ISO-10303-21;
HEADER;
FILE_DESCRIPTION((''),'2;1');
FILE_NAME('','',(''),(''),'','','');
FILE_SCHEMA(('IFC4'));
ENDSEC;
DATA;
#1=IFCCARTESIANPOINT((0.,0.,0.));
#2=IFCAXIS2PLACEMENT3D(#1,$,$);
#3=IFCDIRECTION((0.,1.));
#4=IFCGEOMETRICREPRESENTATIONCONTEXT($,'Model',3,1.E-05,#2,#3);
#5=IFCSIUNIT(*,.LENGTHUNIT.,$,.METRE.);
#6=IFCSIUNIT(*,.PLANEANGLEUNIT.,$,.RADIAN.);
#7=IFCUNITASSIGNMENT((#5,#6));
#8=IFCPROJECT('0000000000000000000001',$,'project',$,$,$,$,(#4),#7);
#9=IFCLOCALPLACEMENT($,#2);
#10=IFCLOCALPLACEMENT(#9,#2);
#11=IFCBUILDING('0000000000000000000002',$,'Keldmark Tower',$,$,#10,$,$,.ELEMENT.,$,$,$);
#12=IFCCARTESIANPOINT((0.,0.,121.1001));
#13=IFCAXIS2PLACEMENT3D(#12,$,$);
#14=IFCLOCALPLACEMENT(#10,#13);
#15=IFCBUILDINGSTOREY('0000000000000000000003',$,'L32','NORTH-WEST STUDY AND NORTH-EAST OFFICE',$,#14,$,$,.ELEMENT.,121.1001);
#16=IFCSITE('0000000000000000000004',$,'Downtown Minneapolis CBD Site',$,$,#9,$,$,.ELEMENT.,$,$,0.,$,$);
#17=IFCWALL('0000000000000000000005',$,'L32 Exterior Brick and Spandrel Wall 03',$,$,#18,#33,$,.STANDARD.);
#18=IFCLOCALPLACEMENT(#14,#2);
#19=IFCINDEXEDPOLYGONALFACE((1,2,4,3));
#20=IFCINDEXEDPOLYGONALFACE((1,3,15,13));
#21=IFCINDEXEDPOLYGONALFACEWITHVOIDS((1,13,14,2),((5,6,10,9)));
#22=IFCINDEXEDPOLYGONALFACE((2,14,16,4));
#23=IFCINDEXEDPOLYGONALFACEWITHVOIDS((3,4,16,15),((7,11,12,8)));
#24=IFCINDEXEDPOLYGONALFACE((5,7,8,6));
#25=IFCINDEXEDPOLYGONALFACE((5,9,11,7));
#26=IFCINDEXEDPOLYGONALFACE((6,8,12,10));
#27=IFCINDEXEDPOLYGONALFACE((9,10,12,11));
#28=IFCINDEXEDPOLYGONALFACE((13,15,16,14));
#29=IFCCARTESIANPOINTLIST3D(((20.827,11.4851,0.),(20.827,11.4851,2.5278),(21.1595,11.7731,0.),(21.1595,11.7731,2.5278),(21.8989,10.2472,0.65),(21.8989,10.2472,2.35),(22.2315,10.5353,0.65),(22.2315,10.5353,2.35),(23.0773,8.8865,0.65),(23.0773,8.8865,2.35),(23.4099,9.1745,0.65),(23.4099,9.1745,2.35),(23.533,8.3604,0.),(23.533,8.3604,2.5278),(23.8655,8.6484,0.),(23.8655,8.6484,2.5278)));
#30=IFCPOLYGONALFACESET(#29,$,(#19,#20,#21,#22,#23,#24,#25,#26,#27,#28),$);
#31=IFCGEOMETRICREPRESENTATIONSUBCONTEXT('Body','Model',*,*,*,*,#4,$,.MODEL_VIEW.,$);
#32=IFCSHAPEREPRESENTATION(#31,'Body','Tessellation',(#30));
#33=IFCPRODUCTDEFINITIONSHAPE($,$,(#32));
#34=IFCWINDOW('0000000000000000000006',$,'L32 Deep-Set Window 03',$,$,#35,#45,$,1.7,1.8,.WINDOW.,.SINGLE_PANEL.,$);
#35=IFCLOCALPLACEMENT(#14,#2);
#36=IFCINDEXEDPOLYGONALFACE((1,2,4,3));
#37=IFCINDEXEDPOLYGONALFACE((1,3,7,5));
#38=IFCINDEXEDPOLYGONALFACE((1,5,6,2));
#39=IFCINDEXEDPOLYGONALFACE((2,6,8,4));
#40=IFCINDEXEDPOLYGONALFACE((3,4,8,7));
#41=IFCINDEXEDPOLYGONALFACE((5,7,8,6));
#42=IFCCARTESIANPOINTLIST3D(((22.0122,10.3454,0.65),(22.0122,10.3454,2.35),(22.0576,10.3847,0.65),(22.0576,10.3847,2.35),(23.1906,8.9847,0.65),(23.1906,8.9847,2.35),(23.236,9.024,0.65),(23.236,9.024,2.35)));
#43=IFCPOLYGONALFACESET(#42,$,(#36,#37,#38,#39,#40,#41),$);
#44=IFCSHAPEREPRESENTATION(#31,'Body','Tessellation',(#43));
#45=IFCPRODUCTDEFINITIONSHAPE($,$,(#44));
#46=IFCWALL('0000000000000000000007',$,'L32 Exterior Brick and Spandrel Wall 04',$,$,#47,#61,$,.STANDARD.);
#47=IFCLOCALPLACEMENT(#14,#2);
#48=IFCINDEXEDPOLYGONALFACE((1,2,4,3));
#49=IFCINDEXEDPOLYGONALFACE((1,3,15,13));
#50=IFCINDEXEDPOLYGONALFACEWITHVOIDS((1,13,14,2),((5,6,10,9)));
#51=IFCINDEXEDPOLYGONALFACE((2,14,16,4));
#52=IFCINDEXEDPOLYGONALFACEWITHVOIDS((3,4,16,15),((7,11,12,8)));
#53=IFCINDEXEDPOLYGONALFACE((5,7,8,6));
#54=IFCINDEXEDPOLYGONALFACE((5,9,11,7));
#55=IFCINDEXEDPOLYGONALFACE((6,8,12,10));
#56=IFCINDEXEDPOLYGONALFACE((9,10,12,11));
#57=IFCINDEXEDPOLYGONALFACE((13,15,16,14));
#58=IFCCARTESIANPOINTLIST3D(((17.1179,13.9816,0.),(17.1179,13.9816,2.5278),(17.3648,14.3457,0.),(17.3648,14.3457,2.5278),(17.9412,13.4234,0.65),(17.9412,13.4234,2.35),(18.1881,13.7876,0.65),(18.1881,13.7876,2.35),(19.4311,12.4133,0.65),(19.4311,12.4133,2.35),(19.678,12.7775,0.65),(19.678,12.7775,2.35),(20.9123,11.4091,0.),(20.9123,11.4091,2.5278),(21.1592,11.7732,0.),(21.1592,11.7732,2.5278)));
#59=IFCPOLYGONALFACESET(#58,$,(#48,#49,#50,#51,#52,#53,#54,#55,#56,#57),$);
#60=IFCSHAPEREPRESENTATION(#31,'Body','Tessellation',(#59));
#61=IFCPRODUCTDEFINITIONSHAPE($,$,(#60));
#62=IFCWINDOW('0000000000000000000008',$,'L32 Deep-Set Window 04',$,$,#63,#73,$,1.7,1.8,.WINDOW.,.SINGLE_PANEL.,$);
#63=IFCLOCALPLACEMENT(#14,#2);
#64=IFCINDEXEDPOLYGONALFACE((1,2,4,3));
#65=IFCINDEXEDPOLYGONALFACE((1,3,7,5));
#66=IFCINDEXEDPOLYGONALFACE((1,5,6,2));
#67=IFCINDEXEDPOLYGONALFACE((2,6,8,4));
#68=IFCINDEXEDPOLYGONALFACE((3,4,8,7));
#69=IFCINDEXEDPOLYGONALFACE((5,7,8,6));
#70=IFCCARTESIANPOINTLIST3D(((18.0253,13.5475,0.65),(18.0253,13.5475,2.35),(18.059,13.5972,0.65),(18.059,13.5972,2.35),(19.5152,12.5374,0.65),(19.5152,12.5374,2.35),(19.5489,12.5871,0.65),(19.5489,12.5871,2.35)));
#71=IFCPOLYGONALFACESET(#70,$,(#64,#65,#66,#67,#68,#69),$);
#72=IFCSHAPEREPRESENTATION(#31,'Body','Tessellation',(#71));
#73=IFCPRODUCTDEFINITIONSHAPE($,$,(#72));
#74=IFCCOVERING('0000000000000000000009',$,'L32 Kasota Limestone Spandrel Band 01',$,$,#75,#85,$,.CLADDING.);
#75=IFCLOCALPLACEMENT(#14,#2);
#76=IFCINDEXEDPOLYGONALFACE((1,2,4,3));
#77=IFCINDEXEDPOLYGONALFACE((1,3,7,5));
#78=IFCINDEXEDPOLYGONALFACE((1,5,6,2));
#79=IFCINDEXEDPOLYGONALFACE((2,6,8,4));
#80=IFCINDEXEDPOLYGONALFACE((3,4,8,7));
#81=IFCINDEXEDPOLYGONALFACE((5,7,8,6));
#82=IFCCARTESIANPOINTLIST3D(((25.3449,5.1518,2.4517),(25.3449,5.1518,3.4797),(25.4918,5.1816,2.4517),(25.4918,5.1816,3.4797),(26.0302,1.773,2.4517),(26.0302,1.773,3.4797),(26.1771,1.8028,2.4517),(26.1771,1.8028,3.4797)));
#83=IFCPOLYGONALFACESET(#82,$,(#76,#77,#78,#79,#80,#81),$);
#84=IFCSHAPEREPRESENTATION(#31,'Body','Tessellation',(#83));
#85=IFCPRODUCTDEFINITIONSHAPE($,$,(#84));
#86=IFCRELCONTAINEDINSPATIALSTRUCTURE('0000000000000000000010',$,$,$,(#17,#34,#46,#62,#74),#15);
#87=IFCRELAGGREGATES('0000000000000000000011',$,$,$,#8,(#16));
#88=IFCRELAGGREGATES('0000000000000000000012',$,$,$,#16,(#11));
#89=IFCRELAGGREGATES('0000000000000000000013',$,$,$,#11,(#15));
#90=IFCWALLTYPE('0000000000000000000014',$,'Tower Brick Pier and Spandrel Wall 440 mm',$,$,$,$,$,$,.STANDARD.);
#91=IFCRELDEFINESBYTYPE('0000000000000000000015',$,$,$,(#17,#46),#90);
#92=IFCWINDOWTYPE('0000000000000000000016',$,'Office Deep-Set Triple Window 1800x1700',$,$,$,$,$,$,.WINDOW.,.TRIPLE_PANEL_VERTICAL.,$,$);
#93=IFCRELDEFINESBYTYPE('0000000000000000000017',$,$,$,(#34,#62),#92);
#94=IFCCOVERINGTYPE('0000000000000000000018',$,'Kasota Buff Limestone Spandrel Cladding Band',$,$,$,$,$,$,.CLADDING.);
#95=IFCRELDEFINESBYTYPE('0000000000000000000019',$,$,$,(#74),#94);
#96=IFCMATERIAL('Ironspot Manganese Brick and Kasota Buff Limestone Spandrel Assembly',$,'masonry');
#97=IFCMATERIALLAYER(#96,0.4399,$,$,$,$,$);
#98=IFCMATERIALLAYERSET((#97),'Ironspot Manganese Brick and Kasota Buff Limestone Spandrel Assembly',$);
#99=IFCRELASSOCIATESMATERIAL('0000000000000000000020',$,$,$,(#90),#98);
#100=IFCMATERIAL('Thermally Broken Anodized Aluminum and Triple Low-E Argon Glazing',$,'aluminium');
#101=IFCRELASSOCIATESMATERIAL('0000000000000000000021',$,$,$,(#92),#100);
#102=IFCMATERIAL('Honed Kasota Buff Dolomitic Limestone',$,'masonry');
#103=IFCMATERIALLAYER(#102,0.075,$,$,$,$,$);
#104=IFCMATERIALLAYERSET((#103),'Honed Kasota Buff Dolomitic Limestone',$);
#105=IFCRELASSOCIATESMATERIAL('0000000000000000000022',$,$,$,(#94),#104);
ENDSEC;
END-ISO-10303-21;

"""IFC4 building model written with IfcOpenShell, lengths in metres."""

from ifc_helpers import new_model, si_unit, direction, frame, frame_2d, origin, origin_2d, place, context, subcontext, project, spatial, rectangle, extrude, material, layer, layer_set, type_object, element, fill, save


model = new_model("IFC4")

# Units and contexts
model_context = context("Model", 3, precision=1e-05, world=origin(), true_north=direction((0.0, 1.0)))
body_context = subcontext(model_context, "Body", "Model", "MODEL_VIEW")
ifc_project = project(units=[si_unit("LENGTHUNIT", "METRE"), si_unit("PLANEANGLEUNIT", "RADIAN")], contexts=[model_context])

# Site, building, storey
site_placement = place(None, origin())
site = spatial("IfcSite", under=ifc_project, at=site_placement, Name="Downtown Minneapolis CBD Site", CompositionType="ELEMENT", RefElevation=0.0)
building_placement = place(site_placement, origin())
building = spatial("IfcBuilding", under=site, at=building_placement, Name="Keldmark Tower", CompositionType="ELEMENT")
storey_placement = place(building_placement, frame((0.0, 0.0, 121.1001)))
storey = spatial("IfcBuildingStorey", under=building, at=storey_placement, Name="L32", Description="NORTH-WEST STUDY AND NORTH-EAST OFFICE", CompositionType="ELEMENT", Elevation=121.1001)

# Walls, openings, windows
ifc_material_1 = material(Name="Ironspot Manganese Brick and Kasota Buff Limestone Spandrel Assembly", Category="masonry")
ifc_layer_1 = layer(ifc_material_1, 0.4399)
ifc_layer_set_1 = layer_set([ifc_layer_1], Name="Ironspot Manganese Brick and Kasota Buff Limestone Spandrel Assembly")
wall_type_1 = type_object("IfcWallType", Name="Tower Brick Pier and Spandrel Wall 440 mm", PredefinedType="STANDARD", material=ifc_layer_set_1)
wall_1_placement = place(storey_placement, frame((20.9932, 11.6292, 0.0), z_axis=(0.0, 0.0, 1.0), x_axis=(0.654645, -0.755937, 0.0)))
wall_1 = element("IfcWall", 1, at=wall_1_placement, inside=storey, type_object=wall_type_1, Name="L32 Exterior Brick and Spandrel Wall 03", PredefinedType="STANDARD", context=body_context, shape_type="SweptSolid", body=[
    extrude(rectangle(XDim=4.1335, YDim=0.4399, at=frame_2d((2.0669, 0.0))), origin(), (0.0, 0.0, 1.0), 2.5278),
])
opening_1_placement = place(wall_1_placement, frame((1.6377, 0.0, 0.6499)))
opening_1 = element("IfcOpeningElement", 2, at=opening_1_placement, cuts=wall_1, PredefinedType="OPENING", context=body_context, shape_type="SweptSolid", body=[
    extrude(rectangle(XDim=1.8, YDim=1.7, at=frame_2d((0.8999, 0.8501))), frame((0.0, 0.23, 0.0), z_axis=(0.0, -1.0, 0.0), x_axis=(1.0, 0.0, 0.0)), (0.0, 0.0, 1.0), 0.46),
])
ifc_material_2 = material(Name="Thermally Broken Anodized Aluminum and Triple Low-E Argon Glazing", Category="aluminium")
window_type_1 = type_object("IfcWindowType", Name="Office Deep-Set Triple Window 1800x1700", PartitioningType="TRIPLE_PANEL_VERTICAL", PredefinedType="WINDOW", material=ifc_material_2)
window_1_placement = place(opening_1_placement, origin())
window_1 = element("IfcWindow", 3, at=window_1_placement, inside=storey, type_object=window_type_1, Name="L32 Deep-Set Window 03", OverallHeight=1.7, OverallWidth=1.8, PartitioningType="SINGLE_PANEL", PredefinedType="WINDOW", context=body_context, shape_type="SweptSolid", body=[
    extrude(rectangle(XDim=1.8, YDim=1.7, at=frame_2d((0.8999, 0.8501))), frame((0.0, -0.01, 0.0), z_axis=(0.0, -1.0, 0.0), x_axis=(1.0, 0.0, 0.0)), (0.0, 0.0, 1.0), 0.0601),
])
fill(opening_1, window_1)
wall_2_placement = place(storey_placement, frame((17.2415, 14.1636, 0.0), z_axis=(0.0, 0.0, 1.0), x_axis=(0.827707, -0.56116, 0.0)))
wall_2 = element("IfcWall", 4, at=wall_2_placement, inside=storey, type_object=wall_type_1, Name="L32 Exterior Brick and Spandrel Wall 04", PredefinedType="STANDARD", context=body_context, shape_type="SweptSolid", body=[
    extrude(rectangle(XDim=4.5842, YDim=0.4399, at=frame_2d((2.292, 0.0))), origin(), (0.0, 0.0, 1.0), 2.5278),
])
opening_2_placement = place(wall_2_placement, frame((0.9946, 0.0, 0.6499)))
opening_2 = element("IfcOpeningElement", 5, at=opening_2_placement, cuts=wall_2, PredefinedType="OPENING", context=body_context, shape_type="SweptSolid", body=[
    extrude(rectangle(XDim=1.8, YDim=1.7, at=frame_2d((0.8999, 0.8501))), frame((0.0, 0.23, 0.0), z_axis=(0.0, -1.0, 0.0), x_axis=(1.0, 0.0, 0.0)), (0.0, 0.0, 1.0), 0.46),
])
window_2_placement = place(opening_2_placement, origin())
window_2 = element("IfcWindow", 6, at=window_2_placement, inside=storey, type_object=window_type_1, Name="L32 Deep-Set Window 04", OverallHeight=1.7, OverallWidth=1.8, PartitioningType="SINGLE_PANEL", PredefinedType="WINDOW", context=body_context, shape_type="SweptSolid", body=[
    extrude(rectangle(XDim=1.8, YDim=1.7, at=frame_2d((0.8999, 0.8501))), frame((0.0, -0.01, 0.0), z_axis=(0.0, -1.0, 0.0), x_axis=(1.0, 0.0, 0.0)), (0.0, 0.0, 1.0), 0.0601),
])
fill(opening_2, window_2)

# Covering
ifc_material_3 = material(Name="Honed Kasota Buff Dolomitic Limestone", Category="masonry")
ifc_layer_2 = layer(ifc_material_3, 0.075)
ifc_layer_set_2 = layer_set([ifc_layer_2], Name="Honed Kasota Buff Dolomitic Limestone")
covering_type = type_object("IfcCoveringType", Name="Kasota Buff Limestone Spandrel Cladding Band", PredefinedType="CLADDING", material=ifc_layer_set_2)
covering_placement = place(storey_placement, frame((25.761, 3.4773, 2.4517), z_axis=(0.0, 0.0, 1.0), x_axis=(-0.198769, 0.980046, 0.0)))
element("IfcCovering", 7, at=covering_placement, inside=storey, type_object=covering_type, Name="L32 Kasota Limestone Spandrel Band 01", PredefinedType="CLADDING", context=body_context, shape_type="SweptSolid", body=[
    extrude(rectangle(XDim=3.4475, YDim=0.1499, at=origin_2d()), origin(), (0.0, 0.0, 1.0), 1.0281),
])

save(model, "model.ifc")
